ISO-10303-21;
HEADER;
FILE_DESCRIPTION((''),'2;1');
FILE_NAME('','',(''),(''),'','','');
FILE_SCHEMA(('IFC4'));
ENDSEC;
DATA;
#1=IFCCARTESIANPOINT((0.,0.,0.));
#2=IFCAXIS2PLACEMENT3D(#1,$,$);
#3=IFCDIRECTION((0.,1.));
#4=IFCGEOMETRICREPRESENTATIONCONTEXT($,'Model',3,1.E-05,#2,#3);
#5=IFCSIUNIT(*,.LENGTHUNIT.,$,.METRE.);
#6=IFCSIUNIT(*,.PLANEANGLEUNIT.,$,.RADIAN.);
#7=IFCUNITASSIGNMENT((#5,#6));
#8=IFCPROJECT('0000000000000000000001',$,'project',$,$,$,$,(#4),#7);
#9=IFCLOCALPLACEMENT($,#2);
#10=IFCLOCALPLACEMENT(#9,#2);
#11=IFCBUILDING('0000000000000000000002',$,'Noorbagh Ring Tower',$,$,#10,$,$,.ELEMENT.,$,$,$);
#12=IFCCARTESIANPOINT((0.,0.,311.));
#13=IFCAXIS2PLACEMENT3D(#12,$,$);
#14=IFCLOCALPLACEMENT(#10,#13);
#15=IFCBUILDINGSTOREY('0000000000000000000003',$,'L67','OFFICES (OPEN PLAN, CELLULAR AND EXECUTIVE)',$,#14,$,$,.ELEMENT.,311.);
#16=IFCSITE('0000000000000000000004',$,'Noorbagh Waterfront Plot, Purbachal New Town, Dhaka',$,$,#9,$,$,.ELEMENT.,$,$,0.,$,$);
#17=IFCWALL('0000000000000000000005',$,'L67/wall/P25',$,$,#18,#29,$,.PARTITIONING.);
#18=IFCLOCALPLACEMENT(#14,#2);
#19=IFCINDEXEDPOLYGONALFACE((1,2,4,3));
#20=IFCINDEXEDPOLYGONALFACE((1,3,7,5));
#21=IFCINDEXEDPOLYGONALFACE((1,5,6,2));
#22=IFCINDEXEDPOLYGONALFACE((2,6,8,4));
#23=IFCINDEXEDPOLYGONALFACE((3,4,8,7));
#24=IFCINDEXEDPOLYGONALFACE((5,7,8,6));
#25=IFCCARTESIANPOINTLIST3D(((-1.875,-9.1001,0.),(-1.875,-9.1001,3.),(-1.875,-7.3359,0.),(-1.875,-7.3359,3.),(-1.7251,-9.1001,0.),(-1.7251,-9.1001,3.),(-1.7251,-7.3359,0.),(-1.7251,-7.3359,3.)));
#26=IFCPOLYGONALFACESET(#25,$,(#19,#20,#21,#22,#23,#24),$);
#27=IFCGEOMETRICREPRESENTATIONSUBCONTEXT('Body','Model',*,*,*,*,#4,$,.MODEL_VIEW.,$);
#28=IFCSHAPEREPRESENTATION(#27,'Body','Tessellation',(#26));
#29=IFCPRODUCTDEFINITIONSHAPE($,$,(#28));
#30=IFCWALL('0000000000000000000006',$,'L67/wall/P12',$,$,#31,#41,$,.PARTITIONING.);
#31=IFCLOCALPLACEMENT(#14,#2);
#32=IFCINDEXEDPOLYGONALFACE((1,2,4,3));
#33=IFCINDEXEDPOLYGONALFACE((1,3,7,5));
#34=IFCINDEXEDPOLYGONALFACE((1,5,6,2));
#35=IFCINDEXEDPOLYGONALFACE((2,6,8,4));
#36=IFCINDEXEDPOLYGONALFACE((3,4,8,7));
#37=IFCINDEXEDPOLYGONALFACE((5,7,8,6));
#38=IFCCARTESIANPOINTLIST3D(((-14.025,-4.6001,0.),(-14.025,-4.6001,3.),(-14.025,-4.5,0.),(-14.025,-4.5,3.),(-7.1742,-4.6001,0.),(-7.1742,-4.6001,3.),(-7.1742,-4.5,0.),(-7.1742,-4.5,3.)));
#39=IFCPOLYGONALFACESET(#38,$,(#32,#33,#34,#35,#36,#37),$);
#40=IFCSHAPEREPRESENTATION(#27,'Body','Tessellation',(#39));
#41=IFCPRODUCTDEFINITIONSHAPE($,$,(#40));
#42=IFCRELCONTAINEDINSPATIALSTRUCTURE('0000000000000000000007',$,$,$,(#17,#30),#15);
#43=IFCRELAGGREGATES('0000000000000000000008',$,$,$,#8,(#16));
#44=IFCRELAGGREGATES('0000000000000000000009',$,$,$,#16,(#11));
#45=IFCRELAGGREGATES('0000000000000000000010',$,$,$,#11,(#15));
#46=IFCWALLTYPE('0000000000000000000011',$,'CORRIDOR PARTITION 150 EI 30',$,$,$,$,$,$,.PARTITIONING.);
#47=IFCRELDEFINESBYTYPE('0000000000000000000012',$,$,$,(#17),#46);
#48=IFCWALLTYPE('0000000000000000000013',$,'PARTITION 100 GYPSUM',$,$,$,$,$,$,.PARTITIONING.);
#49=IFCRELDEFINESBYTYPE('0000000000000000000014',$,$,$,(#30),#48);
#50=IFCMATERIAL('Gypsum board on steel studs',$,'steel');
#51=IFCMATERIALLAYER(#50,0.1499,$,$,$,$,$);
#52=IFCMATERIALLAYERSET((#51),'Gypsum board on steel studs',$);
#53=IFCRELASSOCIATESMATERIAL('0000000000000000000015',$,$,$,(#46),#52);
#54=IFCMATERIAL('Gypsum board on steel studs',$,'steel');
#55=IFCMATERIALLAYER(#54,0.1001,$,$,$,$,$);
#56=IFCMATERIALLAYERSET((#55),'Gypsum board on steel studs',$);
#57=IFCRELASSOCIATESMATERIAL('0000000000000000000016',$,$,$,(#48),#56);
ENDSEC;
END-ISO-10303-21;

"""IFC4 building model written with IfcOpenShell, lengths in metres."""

from ifc_helpers import new_model, si_unit, direction, frame, frame_2d, origin, place, context, subcontext, project, spatial, rectangle, extrude, material, layer, layer_set, type_object, element, save


model = new_model("IFC4")

# Units and contexts
model_context = context("Model", 3, precision=1e-05, world=origin(), true_north=direction((0.0, 1.0)))
body_context = subcontext(model_context, "Body", "Model", "MODEL_VIEW")
ifc_project = project(units=[si_unit("LENGTHUNIT", "METRE"), si_unit("PLANEANGLEUNIT", "RADIAN")], contexts=[model_context])

# Site, building, storey
site_placement = place(None, origin())
site = spatial("IfcSite", under=ifc_project, at=site_placement, Name="Noorbagh Waterfront Plot, Purbachal New Town, Dhaka", CompositionType="ELEMENT", RefElevation=0.0)
building_placement = place(site_placement, origin())
building = spatial("IfcBuilding", under=site, at=building_placement, Name="Noorbagh Ring Tower", CompositionType="ELEMENT")
storey_placement = place(building_placement, frame((0.0, 0.0, 311.0)))
storey = spatial("IfcBuildingStorey", under=building, at=storey_placement, Name="L67", Description="OFFICES (OPEN PLAN, CELLULAR AND EXECUTIVE)", CompositionType="ELEMENT", Elevation=311.0)

# Shared definitions
ifc_material_1 = material(Name="Gypsum board on steel studs", Category="steel")
ifc_layer_1 = layer(ifc_material_1, 0.1499)
ifc_layer_set_1 = layer_set([ifc_layer_1], Name="Gypsum board on steel studs")
wall_type_1 = type_object("IfcWallType", Name="CORRIDOR PARTITION 150 EI 30", PredefinedType="PARTITIONING", material=ifc_layer_set_1)

# Walls
wall_1_placement = place(storey_placement, frame((-1.8, -9.1001, 0.0), z_axis=(0.0, 0.0, 1.0), x_axis=(0.0, 1.0, 0.0)))
element("IfcWall", 1, at=wall_1_placement, inside=storey, type_object=wall_type_1, Name="L67/wall/P25", PredefinedType="PARTITIONING", context=body_context, shape_type="SweptSolid", body=[
    extrude(rectangle(XDim=1.7642, YDim=0.1499, at=frame_2d((0.8821, 0.0))), origin(), (0.0, 0.0, 1.0), 3.0),
])
ifc_material_2 = material(Name="Gypsum board on steel studs", Category="steel")
ifc_layer_2 = layer(ifc_material_2, 0.1001)
ifc_layer_set_2 = layer_set([ifc_layer_2], Name="Gypsum board on steel studs")
wall_type_2 = type_object("IfcWallType", Name="PARTITION 100 GYPSUM", PredefinedType="PARTITIONING", material=ifc_layer_set_2)
wall_2_placement = place(storey_placement, frame((-14.0249, -4.55, 0.0), z_axis=(0.0, 0.0, 1.0), x_axis=(1.0, 0.0, 0.0)))
element("IfcWall", 2, at=wall_2_placement, inside=storey, type_object=wall_type_2, Name="L67/wall/P12", PredefinedType="PARTITIONING", context=body_context, shape_type="SweptSolid", body=[
    extrude(rectangle(XDim=6.8508, YDim=0.1001, at=frame_2d((3.4253, 0.0))), origin(), (0.0, 0.0, 1.0), 3.0),
])

save(model, "model.ifc")
